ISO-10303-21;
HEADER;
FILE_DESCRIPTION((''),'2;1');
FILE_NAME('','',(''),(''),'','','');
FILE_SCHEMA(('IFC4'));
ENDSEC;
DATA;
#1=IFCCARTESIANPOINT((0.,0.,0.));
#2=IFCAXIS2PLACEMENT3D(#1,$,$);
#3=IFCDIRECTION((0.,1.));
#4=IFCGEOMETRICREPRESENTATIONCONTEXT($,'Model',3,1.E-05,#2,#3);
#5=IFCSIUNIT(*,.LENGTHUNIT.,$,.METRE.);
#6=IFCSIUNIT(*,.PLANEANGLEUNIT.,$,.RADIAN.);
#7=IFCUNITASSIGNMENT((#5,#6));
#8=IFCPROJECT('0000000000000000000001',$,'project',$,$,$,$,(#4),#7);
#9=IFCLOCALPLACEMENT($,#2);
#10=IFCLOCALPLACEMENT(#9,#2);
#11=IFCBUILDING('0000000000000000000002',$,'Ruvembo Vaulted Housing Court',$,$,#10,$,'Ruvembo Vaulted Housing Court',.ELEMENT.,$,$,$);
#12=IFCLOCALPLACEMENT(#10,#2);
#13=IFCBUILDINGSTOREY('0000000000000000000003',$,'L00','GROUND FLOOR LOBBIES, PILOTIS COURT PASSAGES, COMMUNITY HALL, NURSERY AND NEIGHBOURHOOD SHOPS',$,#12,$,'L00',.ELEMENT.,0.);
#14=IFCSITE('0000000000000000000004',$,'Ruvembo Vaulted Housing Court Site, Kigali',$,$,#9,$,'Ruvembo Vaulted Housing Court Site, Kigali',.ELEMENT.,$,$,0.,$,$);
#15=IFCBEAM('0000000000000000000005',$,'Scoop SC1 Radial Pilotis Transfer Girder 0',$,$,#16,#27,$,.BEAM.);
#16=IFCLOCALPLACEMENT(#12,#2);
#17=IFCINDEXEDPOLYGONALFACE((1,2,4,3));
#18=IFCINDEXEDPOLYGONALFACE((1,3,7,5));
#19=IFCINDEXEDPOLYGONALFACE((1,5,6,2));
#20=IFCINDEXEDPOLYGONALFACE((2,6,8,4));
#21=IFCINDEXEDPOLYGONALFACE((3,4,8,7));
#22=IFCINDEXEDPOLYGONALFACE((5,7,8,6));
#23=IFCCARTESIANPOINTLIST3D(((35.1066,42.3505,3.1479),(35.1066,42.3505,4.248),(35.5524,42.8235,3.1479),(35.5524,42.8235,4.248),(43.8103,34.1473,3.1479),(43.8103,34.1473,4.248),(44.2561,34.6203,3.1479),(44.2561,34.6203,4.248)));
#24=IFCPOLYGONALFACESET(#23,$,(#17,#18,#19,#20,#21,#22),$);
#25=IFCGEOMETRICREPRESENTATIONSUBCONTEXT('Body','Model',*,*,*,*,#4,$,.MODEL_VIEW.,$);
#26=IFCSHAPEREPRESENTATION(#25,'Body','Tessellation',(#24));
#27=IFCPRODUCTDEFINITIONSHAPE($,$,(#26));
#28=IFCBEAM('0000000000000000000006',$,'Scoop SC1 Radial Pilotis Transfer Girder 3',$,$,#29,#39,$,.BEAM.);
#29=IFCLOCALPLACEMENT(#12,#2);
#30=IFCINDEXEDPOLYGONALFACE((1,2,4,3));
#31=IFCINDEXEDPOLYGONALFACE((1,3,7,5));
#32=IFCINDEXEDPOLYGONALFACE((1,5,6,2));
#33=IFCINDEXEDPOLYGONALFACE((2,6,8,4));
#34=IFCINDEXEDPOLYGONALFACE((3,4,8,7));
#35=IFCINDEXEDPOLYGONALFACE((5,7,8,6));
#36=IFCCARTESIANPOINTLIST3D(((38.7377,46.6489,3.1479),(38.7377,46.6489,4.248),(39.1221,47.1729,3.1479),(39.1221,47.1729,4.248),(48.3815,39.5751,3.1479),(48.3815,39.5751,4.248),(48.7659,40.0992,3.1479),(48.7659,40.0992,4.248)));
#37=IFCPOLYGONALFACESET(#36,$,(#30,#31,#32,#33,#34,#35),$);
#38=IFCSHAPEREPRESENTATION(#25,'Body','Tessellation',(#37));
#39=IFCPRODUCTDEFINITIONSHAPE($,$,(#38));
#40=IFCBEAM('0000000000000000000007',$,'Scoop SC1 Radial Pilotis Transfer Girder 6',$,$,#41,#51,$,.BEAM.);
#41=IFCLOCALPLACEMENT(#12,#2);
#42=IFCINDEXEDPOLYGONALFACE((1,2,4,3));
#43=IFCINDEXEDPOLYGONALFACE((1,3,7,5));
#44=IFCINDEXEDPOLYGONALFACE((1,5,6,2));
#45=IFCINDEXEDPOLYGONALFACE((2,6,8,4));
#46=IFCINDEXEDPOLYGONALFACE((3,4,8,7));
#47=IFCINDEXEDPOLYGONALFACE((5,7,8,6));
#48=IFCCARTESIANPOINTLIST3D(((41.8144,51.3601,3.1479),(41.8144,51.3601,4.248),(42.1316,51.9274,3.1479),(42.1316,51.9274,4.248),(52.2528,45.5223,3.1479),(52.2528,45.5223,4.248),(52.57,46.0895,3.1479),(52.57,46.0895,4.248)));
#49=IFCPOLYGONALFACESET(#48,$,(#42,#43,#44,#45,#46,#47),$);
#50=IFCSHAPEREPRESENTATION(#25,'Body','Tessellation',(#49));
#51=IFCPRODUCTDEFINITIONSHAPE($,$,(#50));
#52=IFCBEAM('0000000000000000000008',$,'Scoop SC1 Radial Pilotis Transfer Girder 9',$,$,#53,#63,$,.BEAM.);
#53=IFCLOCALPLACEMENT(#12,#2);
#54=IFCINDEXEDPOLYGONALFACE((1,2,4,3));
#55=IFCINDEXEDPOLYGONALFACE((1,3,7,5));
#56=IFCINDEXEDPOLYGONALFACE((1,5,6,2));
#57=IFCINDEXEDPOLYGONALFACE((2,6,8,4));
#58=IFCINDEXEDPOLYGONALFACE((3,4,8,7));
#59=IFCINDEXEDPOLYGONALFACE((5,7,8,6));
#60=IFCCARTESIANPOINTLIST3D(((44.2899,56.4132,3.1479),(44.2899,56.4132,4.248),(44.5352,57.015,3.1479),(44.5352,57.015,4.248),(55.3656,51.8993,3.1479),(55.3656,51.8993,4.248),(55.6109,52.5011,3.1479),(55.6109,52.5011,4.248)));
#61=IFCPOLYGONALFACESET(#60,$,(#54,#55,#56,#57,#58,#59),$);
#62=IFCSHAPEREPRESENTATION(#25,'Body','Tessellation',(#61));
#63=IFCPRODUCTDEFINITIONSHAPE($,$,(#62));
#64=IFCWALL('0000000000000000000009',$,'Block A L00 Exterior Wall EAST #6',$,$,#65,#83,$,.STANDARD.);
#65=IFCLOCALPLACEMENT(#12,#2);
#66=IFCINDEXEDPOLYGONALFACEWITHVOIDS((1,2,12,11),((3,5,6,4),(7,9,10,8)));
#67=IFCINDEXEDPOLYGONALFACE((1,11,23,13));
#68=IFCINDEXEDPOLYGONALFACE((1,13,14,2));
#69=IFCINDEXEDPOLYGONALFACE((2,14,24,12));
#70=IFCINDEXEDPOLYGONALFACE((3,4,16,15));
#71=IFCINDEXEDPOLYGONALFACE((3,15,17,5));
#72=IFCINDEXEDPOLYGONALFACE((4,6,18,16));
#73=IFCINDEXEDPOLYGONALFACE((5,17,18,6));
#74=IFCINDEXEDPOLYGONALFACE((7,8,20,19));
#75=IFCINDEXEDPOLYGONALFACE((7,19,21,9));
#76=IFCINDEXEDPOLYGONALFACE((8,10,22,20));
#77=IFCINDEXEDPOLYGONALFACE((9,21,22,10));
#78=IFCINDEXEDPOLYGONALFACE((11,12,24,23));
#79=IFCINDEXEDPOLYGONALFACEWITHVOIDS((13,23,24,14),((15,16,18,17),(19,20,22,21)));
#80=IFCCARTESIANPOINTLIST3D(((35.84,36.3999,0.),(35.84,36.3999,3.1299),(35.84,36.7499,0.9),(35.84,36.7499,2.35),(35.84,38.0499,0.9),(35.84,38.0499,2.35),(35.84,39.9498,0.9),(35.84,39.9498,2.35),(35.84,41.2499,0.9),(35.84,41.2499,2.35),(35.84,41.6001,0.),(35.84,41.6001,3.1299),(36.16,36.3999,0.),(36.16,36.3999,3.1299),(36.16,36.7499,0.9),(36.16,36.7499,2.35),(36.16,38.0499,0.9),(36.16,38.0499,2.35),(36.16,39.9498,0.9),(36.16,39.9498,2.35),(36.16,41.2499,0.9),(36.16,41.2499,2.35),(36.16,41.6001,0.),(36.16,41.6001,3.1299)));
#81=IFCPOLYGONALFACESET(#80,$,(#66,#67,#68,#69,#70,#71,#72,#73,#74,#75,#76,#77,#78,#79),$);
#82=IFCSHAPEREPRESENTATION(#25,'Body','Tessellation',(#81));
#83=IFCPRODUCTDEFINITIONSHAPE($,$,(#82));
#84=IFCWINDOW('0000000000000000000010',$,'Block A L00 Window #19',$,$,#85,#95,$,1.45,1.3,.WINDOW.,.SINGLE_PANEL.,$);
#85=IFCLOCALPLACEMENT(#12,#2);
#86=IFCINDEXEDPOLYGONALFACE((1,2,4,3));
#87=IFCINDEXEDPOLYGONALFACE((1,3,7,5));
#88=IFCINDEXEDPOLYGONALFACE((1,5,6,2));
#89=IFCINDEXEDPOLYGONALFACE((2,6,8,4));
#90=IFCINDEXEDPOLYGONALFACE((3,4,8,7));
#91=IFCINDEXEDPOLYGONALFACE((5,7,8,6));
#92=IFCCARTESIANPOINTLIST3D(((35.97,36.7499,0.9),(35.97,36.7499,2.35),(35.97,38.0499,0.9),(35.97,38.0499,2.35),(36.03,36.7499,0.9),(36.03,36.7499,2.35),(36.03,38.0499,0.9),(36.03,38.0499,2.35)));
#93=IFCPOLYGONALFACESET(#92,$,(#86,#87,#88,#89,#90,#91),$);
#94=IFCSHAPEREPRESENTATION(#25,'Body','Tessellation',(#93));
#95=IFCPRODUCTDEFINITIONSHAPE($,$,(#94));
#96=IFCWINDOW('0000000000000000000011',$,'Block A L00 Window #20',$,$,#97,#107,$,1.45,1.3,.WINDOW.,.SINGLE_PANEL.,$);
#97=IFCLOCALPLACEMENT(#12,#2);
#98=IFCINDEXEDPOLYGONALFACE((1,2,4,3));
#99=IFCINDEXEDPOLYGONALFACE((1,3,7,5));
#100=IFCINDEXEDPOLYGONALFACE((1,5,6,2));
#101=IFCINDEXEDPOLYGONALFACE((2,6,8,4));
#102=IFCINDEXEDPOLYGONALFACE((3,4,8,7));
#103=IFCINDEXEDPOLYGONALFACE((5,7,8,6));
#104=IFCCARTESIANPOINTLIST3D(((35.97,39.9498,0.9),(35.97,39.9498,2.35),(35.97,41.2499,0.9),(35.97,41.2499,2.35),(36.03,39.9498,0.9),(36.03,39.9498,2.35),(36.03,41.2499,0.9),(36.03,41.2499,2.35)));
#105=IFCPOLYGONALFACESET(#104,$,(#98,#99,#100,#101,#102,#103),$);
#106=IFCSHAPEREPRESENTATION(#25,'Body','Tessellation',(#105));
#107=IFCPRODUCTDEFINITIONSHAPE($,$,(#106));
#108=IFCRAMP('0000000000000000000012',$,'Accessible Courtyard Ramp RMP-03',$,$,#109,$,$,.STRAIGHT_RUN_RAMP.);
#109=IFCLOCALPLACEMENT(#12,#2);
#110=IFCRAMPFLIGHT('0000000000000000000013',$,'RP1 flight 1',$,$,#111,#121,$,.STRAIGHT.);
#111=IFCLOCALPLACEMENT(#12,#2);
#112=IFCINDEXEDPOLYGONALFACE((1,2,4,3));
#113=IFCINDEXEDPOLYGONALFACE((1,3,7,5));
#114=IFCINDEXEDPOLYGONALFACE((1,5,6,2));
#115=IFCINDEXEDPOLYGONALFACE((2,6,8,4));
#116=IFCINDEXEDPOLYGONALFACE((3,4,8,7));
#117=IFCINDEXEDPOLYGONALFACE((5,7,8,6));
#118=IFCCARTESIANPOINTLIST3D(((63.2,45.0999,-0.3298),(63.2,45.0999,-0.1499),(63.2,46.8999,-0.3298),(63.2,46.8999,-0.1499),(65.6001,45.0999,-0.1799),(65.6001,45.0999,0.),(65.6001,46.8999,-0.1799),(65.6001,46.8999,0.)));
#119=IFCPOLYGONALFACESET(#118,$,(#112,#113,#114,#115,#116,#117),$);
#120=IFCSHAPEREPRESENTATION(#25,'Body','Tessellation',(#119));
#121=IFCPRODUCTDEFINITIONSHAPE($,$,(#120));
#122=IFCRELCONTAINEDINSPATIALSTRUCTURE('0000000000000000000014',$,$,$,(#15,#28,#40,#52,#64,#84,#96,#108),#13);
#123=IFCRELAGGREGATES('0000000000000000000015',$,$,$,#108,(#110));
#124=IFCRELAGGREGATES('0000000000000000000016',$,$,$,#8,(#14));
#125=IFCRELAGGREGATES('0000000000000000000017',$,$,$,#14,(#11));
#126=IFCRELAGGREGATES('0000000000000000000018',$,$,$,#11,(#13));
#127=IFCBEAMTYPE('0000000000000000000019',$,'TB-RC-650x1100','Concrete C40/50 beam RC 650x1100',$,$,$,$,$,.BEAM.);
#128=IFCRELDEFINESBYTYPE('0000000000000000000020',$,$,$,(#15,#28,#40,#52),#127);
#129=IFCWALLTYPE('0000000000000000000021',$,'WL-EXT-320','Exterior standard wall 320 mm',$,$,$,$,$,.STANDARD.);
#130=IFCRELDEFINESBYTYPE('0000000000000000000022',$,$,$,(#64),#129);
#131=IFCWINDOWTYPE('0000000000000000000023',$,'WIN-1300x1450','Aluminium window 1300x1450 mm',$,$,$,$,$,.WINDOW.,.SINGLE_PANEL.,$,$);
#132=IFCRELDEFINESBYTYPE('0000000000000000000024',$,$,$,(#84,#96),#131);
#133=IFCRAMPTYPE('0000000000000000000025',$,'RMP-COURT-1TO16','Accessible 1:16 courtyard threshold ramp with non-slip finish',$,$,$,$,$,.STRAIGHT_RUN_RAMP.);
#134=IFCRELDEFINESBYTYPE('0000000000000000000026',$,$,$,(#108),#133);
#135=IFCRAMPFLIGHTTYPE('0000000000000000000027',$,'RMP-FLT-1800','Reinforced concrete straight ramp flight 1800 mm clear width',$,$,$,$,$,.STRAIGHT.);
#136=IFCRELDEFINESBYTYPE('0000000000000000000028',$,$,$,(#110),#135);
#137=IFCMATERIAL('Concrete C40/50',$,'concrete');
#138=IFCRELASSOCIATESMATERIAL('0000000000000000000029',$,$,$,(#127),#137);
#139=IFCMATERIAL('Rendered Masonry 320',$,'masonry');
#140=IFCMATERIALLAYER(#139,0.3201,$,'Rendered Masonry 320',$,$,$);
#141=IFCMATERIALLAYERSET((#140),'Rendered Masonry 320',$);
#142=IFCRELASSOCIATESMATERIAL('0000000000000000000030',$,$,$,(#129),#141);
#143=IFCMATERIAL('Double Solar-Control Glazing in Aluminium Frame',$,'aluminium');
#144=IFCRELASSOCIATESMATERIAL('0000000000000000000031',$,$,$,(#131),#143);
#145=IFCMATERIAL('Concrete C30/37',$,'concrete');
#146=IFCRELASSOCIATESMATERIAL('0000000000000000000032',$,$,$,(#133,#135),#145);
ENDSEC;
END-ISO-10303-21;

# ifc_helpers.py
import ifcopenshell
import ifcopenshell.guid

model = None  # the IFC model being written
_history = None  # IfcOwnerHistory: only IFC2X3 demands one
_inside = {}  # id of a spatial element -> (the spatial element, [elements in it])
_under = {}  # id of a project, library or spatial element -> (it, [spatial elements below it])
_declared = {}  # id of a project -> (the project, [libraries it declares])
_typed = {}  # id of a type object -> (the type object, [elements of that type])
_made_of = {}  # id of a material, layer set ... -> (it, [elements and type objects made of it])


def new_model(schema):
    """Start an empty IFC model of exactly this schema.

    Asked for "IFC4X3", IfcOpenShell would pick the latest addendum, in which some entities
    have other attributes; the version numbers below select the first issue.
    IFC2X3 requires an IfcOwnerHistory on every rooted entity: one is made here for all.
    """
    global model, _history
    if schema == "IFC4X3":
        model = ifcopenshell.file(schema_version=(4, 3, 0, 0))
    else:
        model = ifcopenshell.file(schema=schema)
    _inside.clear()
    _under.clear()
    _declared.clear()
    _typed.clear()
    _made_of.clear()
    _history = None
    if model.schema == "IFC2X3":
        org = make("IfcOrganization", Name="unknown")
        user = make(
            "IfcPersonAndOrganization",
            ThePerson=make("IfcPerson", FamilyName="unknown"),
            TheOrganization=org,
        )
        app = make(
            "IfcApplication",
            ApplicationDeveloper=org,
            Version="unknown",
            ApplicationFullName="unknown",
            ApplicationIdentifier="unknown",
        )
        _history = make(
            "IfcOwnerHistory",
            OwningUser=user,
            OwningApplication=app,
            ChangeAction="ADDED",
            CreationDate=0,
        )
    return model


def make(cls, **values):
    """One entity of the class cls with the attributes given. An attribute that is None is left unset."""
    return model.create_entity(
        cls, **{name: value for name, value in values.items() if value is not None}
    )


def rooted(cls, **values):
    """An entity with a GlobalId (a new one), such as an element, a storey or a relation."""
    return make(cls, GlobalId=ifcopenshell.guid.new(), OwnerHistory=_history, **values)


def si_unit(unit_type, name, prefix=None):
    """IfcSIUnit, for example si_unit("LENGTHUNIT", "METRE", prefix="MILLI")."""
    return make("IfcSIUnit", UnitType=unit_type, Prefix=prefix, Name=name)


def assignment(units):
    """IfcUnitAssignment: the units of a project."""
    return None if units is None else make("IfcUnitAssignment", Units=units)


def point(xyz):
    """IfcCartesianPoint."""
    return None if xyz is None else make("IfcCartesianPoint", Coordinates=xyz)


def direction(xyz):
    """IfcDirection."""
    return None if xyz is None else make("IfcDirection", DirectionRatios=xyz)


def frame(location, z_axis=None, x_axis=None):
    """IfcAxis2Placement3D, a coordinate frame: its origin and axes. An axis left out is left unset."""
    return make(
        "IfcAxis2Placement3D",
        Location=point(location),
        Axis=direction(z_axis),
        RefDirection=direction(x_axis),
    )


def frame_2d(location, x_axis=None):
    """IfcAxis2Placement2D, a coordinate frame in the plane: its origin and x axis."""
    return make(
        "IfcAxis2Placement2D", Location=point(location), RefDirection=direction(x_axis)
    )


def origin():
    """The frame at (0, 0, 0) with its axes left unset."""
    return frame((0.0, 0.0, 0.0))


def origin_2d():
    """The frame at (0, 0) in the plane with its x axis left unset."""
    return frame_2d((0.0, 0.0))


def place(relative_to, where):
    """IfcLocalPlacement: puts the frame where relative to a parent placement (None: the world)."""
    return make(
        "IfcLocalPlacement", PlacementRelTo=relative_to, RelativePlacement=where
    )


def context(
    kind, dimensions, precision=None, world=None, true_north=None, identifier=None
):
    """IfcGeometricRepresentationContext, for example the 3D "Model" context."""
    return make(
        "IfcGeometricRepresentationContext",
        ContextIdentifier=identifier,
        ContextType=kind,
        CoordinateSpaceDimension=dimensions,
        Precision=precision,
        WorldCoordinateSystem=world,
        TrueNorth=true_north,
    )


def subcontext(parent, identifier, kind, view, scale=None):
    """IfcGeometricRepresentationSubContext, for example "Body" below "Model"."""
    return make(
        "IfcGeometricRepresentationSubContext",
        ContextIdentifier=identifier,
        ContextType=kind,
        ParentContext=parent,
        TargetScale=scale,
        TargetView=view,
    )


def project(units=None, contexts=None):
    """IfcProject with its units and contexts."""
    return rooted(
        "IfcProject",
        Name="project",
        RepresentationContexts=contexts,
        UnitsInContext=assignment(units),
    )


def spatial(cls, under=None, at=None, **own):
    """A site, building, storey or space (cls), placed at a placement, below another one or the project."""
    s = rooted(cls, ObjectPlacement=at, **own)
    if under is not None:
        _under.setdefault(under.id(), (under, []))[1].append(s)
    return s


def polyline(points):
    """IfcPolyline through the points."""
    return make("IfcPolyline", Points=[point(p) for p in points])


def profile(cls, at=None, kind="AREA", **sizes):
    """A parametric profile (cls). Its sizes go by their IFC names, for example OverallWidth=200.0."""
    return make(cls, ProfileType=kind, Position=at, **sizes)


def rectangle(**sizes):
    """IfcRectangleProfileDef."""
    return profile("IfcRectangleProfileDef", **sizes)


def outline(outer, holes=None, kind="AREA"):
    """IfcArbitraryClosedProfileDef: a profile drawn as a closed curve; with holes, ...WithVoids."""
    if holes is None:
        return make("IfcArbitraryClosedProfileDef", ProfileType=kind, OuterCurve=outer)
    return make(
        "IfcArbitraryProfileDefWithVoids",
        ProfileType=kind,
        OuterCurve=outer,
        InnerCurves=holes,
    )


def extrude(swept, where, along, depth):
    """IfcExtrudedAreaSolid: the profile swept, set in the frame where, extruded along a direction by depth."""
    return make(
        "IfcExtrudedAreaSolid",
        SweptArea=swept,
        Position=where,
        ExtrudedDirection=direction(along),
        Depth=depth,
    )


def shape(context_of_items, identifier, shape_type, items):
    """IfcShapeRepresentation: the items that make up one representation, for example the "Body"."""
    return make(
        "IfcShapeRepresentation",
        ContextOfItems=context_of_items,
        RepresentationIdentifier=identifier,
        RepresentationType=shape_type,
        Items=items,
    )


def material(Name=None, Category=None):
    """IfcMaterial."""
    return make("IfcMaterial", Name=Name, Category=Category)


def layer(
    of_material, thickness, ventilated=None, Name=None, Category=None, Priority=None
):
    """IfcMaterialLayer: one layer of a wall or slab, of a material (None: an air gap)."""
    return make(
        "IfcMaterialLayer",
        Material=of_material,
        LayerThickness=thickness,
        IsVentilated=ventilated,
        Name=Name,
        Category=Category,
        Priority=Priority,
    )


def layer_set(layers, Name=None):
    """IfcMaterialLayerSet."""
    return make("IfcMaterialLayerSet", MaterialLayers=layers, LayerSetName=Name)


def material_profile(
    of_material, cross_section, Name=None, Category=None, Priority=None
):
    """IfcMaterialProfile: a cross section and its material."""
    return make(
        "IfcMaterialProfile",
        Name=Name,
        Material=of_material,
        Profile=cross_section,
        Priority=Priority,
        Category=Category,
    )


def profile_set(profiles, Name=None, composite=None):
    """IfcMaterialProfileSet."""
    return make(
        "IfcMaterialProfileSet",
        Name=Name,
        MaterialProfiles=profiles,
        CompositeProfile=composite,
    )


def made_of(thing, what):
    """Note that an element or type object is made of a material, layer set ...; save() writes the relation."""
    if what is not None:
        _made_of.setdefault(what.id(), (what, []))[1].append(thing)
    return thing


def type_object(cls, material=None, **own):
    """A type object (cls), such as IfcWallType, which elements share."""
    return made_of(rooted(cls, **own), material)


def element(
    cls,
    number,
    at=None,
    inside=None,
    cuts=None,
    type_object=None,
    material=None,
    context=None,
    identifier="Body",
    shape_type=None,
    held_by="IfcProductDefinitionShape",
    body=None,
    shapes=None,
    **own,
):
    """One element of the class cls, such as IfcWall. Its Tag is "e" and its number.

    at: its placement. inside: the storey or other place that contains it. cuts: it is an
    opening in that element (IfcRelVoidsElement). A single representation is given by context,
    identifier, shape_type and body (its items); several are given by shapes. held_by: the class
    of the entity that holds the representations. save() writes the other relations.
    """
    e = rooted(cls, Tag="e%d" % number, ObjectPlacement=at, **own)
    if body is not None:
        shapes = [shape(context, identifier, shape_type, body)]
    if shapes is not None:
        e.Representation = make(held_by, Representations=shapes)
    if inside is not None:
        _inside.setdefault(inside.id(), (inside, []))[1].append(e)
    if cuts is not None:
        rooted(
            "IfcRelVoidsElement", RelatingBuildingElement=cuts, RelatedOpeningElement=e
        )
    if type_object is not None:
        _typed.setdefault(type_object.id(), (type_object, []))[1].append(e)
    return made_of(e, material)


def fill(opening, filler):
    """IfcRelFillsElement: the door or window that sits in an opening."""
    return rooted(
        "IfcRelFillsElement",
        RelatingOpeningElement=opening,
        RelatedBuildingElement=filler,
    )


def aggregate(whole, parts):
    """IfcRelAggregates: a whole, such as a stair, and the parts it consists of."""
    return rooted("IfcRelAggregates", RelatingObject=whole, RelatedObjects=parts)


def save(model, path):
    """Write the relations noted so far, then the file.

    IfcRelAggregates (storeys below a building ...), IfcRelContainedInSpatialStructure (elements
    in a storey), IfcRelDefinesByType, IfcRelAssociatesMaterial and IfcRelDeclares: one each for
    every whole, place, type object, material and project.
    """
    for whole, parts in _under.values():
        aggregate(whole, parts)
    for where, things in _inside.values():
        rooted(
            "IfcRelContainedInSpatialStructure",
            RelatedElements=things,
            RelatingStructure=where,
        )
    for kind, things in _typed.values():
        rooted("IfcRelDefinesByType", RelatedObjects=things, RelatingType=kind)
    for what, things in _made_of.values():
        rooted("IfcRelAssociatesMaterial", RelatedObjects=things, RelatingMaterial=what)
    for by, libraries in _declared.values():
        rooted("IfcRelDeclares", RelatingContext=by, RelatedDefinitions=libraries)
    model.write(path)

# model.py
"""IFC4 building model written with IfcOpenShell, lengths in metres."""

from ifc_helpers import new_model, si_unit, direction, frame, frame_2d, origin, origin_2d, place, context, subcontext, project, spatial, polyline, rectangle, outline, extrude, material, layer, layer_set, material_profile, profile_set, type_object, element, fill, aggregate, save


model = new_model("IFC4")

# Units and contexts
model_context = context("Model", 3, precision=1e-05, world=origin(), true_north=direction((0.0, 1.0)))
body_context = subcontext(model_context, "Body", "Model", "MODEL_VIEW")
ifc_project = project(units=[si_unit("LENGTHUNIT", "METRE"), si_unit("PLANEANGLEUNIT", "RADIAN")], contexts=[model_context])

# Site, building, storey
site_placement = place(None, origin())
site = spatial("IfcSite", under=ifc_project, at=site_placement, Name="Ruvembo Vaulted Housing Court Site, Kigali", LongName="Ruvembo Vaulted Housing Court Site, Kigali", CompositionType="ELEMENT", RefElevation=0.0)
building_placement = place(site_placement, origin())
building = spatial("IfcBuilding", under=site, at=building_placement, Name="Ruvembo Vaulted Housing Court", LongName="Ruvembo Vaulted Housing Court", CompositionType="ELEMENT")
storey_placement = place(building_placement, origin())
storey = spatial("IfcBuildingStorey", under=building, at=storey_placement, Name="L00", Description="GROUND FLOOR LOBBIES, PILOTIS COURT PASSAGES, COMMUNITY HALL, NURSERY AND NEIGHBOURHOOD SHOPS", LongName="L00", CompositionType="ELEMENT", Elevation=0.0)

# Shared definitions
ifc_material_1 = material(Name="Concrete C40/50", Category="concrete")

# Beams
ifc_material_profile_1 = material_profile(ifc_material_1, rectangle(XDim=0.6499, YDim=1.1001, at=origin_2d()), Name="RC 650x1100")
ifc_profile_set_1 = profile_set([ifc_material_profile_1], Name="Concrete C40/50")
beam_type_1 = type_object("IfcBeamType", Name="TB-RC-650x1100", Description="Concrete C40/50 beam RC 650x1100", PredefinedType="BEAM", material=ifc_profile_set_1)
beam_1_placement = place(storey_placement, frame((44.0332, 34.3838, 3.698), z_axis=(-0.72772, 0.685874, 0.0), x_axis=(-0.685874, -0.72772, 0.0)))
element("IfcBeam", 1, at=beam_1_placement, inside=storey, type_object=beam_type_1, Name="Scoop SC1 Radial Pilotis Transfer Girder 0", PredefinedType="BEAM", context=body_context, shape_type="SweptSolid", body=[
    extrude(rectangle(XDim=0.6499, YDim=1.1001, at=origin_2d()), origin(), (0.0, 0.0, 1.0), 11.9602),
])
for number, where, z_axis, x_axis, name in (
    (2, (48.5737, 39.8372, 3.698), (-0.806341, 0.591451, 0.0), (-0.591451, -0.806341, 0.0), "Scoop SC1 Radial Pilotis Transfer Girder 3"),
    (3, (52.4114, 45.8059, 3.698), (-0.872779, 0.488116, 0.0), (-0.488116, -0.872779, 0.0), "Scoop SC1 Radial Pilotis Transfer Girder 6"),
):
    element("IfcBeam", number, at=place(storey_placement, frame(where, z_axis=z_axis, x_axis=x_axis)), inside=storey, type_object=beam_type_1, Name=name, PredefinedType="BEAM", context=body_context, shape_type="SweptSolid", body=[
        extrude(rectangle(XDim=0.6499, YDim=1.1001, at=origin_2d()), origin(), (0.0, 0.0, 1.0), 11.96),
    ])
beam_2_placement = place(storey_placement, frame((55.4883, 52.2002, 3.698), z_axis=(-0.926046, 0.377412, 0.0), x_axis=(-0.377412, -0.926046, 0.0)))
element("IfcBeam", 4, at=beam_2_placement, inside=storey, type_object=beam_type_1, Name="Scoop SC1 Radial Pilotis Transfer Girder 9", PredefinedType="BEAM", context=body_context, shape_type="SweptSolid", body=[
    extrude(rectangle(XDim=0.6499, YDim=1.1001, at=origin_2d()), origin(), (0.0, 0.0, 1.0), 11.9602),
])

# Wall, openings, windows
ifc_material_2 = material(Name="Rendered Masonry 320", Category="masonry")
ifc_layer_1 = layer(ifc_material_2, 0.3201, Name="Rendered Masonry 320")
ifc_layer_set_1 = layer_set([ifc_layer_1], Name="Rendered Masonry 320")
wall_type = type_object("IfcWallType", Name="WL-EXT-320", Description="Exterior standard wall 320 mm", PredefinedType="STANDARD", material=ifc_layer_set_1)
wall_placement = place(storey_placement, frame((36.0, 36.3999, 0.0), z_axis=(0.0, 0.0, 1.0), x_axis=(0.0, 1.0, 0.0)))
wall = element("IfcWall", 5, at=wall_placement, inside=storey, type_object=wall_type, Name="Block A L00 Exterior Wall EAST #6", PredefinedType="STANDARD", context=body_context, shape_type="SweptSolid", body=[
    extrude(rectangle(XDim=5.2002, YDim=0.3201, at=frame_2d((2.6001, 0.0))), origin(), (0.0, 0.0, 1.0), 3.1299),
])
opening_1_placement = place(wall_placement, frame((0.3501, 0.0, 0.8999)))
opening_1 = element("IfcOpeningElement", 6, at=opening_1_placement, cuts=wall, PredefinedType="OPENING", context=body_context, shape_type="SweptSolid", body=[
    extrude(rectangle(XDim=1.3, YDim=1.45, at=frame_2d((0.6499, 0.7251))), frame((0.0, 0.1699, 0.0), z_axis=(0.0, -1.0, 0.0), x_axis=(1.0, 0.0, 0.0)), (0.0, 0.0, 1.0), 0.3401),
])
opening_2_placement = place(wall_placement, frame((3.55, 0.0, 0.8999)))
opening_2 = element("IfcOpeningElement", 7, at=opening_2_placement, cuts=wall, PredefinedType="OPENING", context=body_context, shape_type="SweptSolid", body=[
    extrude(rectangle(XDim=1.3, YDim=1.45, at=frame_2d((0.6499, 0.7251))), frame((0.0, 0.1699, 0.0), z_axis=(0.0, -1.0, 0.0), x_axis=(1.0, 0.0, 0.0)), (0.0, 0.0, 1.0), 0.3401),
])
ifc_material_3 = material(Name="Double Solar-Control Glazing in Aluminium Frame", Category="aluminium")
window_type = type_object("IfcWindowType", Name="WIN-1300x1450", Description="Aluminium window 1300x1450 mm", PartitioningType="SINGLE_PANEL", PredefinedType="WINDOW", material=ifc_material_3)
window_1_placement = place(opening_1_placement, origin())
window_1 = element("IfcWindow", 8, at=window_1_placement, inside=storey, type_object=window_type, Name="Block A L00 Window #19", OverallHeight=1.45, OverallWidth=1.3, PartitioningType="SINGLE_PANEL", PredefinedType="WINDOW", context=body_context, shape_type="SweptSolid", body=[
    extrude(rectangle(XDim=1.3, YDim=1.45, at=frame_2d((0.6499, 0.7251))), frame((0.0, 0.03, 0.0), z_axis=(0.0, -1.0, 0.0), x_axis=(1.0, 0.0, 0.0)), (0.0, 0.0, 1.0), 0.0601),
])
fill(opening_1, window_1)
window_2_placement = place(opening_2_placement, origin())
window_2 = element("IfcWindow", 9, at=window_2_placement, inside=storey, type_object=window_type, Name="Block A L00 Window #20", OverallHeight=1.45, OverallWidth=1.3, PartitioningType="SINGLE_PANEL", PredefinedType="WINDOW", context=body_context, shape_type="SweptSolid", body=[
    extrude(rectangle(XDim=1.3, YDim=1.45, at=frame_2d((0.6499, 0.7251))), frame((0.0, 0.03, 0.0), z_axis=(0.0, -1.0, 0.0), x_axis=(1.0, 0.0, 0.0)), (0.0, 0.0, 1.0), 0.0601),
])
fill(opening_2, window_2)

# Ramp, ramp flight
ifc_material_4 = material(Name="Concrete C30/37", Category="concrete")
ramp_type = type_object("IfcRampType", Name="RMP-COURT-1TO16", Description="Accessible 1:16 courtyard threshold ramp with non-slip finish", PredefinedType="STRAIGHT_RUN_RAMP", material=ifc_material_4)
ramp_placement = place(storey_placement, origin())
ramp = element("IfcRamp", 10, at=ramp_placement, inside=storey, type_object=ramp_type, Name="Accessible Courtyard Ramp RMP-03", PredefinedType="STRAIGHT_RUN_RAMP")
ramp_flight_type = type_object("IfcRampFlightType", Name="RMP-FLT-1800", Description="Reinforced concrete straight ramp flight 1800 mm clear width", PredefinedType="STRAIGHT", material=ifc_material_4)
ramp_flight_placement = place(storey_placement, frame((63.2, 46.0, -0.1499), z_axis=(0.0, 0.0, 1.0), x_axis=(1.0, 0.0, 0.0)))
ramp_flight = element("IfcRampFlight", 11, at=ramp_flight_placement, type_object=ramp_flight_type, Name="RP1 flight 1", PredefinedType="STRAIGHT", context=body_context, shape_type="SweptSolid", body=[
    extrude(outline(polyline([(0.0, 0.0), (2.4001, 0.1499), (2.4001, -0.03), (0.0, -0.1799), (0.0, 0.0)])), frame((0.0, 0.8999, 0.0), z_axis=(0.0, -1.0, 0.0), x_axis=(1.0, 0.0, 0.0)), (0.0, 0.0, 1.0), 1.8),
])
aggregate(ramp, [ramp_flight])

save(model, "model.ifc")
